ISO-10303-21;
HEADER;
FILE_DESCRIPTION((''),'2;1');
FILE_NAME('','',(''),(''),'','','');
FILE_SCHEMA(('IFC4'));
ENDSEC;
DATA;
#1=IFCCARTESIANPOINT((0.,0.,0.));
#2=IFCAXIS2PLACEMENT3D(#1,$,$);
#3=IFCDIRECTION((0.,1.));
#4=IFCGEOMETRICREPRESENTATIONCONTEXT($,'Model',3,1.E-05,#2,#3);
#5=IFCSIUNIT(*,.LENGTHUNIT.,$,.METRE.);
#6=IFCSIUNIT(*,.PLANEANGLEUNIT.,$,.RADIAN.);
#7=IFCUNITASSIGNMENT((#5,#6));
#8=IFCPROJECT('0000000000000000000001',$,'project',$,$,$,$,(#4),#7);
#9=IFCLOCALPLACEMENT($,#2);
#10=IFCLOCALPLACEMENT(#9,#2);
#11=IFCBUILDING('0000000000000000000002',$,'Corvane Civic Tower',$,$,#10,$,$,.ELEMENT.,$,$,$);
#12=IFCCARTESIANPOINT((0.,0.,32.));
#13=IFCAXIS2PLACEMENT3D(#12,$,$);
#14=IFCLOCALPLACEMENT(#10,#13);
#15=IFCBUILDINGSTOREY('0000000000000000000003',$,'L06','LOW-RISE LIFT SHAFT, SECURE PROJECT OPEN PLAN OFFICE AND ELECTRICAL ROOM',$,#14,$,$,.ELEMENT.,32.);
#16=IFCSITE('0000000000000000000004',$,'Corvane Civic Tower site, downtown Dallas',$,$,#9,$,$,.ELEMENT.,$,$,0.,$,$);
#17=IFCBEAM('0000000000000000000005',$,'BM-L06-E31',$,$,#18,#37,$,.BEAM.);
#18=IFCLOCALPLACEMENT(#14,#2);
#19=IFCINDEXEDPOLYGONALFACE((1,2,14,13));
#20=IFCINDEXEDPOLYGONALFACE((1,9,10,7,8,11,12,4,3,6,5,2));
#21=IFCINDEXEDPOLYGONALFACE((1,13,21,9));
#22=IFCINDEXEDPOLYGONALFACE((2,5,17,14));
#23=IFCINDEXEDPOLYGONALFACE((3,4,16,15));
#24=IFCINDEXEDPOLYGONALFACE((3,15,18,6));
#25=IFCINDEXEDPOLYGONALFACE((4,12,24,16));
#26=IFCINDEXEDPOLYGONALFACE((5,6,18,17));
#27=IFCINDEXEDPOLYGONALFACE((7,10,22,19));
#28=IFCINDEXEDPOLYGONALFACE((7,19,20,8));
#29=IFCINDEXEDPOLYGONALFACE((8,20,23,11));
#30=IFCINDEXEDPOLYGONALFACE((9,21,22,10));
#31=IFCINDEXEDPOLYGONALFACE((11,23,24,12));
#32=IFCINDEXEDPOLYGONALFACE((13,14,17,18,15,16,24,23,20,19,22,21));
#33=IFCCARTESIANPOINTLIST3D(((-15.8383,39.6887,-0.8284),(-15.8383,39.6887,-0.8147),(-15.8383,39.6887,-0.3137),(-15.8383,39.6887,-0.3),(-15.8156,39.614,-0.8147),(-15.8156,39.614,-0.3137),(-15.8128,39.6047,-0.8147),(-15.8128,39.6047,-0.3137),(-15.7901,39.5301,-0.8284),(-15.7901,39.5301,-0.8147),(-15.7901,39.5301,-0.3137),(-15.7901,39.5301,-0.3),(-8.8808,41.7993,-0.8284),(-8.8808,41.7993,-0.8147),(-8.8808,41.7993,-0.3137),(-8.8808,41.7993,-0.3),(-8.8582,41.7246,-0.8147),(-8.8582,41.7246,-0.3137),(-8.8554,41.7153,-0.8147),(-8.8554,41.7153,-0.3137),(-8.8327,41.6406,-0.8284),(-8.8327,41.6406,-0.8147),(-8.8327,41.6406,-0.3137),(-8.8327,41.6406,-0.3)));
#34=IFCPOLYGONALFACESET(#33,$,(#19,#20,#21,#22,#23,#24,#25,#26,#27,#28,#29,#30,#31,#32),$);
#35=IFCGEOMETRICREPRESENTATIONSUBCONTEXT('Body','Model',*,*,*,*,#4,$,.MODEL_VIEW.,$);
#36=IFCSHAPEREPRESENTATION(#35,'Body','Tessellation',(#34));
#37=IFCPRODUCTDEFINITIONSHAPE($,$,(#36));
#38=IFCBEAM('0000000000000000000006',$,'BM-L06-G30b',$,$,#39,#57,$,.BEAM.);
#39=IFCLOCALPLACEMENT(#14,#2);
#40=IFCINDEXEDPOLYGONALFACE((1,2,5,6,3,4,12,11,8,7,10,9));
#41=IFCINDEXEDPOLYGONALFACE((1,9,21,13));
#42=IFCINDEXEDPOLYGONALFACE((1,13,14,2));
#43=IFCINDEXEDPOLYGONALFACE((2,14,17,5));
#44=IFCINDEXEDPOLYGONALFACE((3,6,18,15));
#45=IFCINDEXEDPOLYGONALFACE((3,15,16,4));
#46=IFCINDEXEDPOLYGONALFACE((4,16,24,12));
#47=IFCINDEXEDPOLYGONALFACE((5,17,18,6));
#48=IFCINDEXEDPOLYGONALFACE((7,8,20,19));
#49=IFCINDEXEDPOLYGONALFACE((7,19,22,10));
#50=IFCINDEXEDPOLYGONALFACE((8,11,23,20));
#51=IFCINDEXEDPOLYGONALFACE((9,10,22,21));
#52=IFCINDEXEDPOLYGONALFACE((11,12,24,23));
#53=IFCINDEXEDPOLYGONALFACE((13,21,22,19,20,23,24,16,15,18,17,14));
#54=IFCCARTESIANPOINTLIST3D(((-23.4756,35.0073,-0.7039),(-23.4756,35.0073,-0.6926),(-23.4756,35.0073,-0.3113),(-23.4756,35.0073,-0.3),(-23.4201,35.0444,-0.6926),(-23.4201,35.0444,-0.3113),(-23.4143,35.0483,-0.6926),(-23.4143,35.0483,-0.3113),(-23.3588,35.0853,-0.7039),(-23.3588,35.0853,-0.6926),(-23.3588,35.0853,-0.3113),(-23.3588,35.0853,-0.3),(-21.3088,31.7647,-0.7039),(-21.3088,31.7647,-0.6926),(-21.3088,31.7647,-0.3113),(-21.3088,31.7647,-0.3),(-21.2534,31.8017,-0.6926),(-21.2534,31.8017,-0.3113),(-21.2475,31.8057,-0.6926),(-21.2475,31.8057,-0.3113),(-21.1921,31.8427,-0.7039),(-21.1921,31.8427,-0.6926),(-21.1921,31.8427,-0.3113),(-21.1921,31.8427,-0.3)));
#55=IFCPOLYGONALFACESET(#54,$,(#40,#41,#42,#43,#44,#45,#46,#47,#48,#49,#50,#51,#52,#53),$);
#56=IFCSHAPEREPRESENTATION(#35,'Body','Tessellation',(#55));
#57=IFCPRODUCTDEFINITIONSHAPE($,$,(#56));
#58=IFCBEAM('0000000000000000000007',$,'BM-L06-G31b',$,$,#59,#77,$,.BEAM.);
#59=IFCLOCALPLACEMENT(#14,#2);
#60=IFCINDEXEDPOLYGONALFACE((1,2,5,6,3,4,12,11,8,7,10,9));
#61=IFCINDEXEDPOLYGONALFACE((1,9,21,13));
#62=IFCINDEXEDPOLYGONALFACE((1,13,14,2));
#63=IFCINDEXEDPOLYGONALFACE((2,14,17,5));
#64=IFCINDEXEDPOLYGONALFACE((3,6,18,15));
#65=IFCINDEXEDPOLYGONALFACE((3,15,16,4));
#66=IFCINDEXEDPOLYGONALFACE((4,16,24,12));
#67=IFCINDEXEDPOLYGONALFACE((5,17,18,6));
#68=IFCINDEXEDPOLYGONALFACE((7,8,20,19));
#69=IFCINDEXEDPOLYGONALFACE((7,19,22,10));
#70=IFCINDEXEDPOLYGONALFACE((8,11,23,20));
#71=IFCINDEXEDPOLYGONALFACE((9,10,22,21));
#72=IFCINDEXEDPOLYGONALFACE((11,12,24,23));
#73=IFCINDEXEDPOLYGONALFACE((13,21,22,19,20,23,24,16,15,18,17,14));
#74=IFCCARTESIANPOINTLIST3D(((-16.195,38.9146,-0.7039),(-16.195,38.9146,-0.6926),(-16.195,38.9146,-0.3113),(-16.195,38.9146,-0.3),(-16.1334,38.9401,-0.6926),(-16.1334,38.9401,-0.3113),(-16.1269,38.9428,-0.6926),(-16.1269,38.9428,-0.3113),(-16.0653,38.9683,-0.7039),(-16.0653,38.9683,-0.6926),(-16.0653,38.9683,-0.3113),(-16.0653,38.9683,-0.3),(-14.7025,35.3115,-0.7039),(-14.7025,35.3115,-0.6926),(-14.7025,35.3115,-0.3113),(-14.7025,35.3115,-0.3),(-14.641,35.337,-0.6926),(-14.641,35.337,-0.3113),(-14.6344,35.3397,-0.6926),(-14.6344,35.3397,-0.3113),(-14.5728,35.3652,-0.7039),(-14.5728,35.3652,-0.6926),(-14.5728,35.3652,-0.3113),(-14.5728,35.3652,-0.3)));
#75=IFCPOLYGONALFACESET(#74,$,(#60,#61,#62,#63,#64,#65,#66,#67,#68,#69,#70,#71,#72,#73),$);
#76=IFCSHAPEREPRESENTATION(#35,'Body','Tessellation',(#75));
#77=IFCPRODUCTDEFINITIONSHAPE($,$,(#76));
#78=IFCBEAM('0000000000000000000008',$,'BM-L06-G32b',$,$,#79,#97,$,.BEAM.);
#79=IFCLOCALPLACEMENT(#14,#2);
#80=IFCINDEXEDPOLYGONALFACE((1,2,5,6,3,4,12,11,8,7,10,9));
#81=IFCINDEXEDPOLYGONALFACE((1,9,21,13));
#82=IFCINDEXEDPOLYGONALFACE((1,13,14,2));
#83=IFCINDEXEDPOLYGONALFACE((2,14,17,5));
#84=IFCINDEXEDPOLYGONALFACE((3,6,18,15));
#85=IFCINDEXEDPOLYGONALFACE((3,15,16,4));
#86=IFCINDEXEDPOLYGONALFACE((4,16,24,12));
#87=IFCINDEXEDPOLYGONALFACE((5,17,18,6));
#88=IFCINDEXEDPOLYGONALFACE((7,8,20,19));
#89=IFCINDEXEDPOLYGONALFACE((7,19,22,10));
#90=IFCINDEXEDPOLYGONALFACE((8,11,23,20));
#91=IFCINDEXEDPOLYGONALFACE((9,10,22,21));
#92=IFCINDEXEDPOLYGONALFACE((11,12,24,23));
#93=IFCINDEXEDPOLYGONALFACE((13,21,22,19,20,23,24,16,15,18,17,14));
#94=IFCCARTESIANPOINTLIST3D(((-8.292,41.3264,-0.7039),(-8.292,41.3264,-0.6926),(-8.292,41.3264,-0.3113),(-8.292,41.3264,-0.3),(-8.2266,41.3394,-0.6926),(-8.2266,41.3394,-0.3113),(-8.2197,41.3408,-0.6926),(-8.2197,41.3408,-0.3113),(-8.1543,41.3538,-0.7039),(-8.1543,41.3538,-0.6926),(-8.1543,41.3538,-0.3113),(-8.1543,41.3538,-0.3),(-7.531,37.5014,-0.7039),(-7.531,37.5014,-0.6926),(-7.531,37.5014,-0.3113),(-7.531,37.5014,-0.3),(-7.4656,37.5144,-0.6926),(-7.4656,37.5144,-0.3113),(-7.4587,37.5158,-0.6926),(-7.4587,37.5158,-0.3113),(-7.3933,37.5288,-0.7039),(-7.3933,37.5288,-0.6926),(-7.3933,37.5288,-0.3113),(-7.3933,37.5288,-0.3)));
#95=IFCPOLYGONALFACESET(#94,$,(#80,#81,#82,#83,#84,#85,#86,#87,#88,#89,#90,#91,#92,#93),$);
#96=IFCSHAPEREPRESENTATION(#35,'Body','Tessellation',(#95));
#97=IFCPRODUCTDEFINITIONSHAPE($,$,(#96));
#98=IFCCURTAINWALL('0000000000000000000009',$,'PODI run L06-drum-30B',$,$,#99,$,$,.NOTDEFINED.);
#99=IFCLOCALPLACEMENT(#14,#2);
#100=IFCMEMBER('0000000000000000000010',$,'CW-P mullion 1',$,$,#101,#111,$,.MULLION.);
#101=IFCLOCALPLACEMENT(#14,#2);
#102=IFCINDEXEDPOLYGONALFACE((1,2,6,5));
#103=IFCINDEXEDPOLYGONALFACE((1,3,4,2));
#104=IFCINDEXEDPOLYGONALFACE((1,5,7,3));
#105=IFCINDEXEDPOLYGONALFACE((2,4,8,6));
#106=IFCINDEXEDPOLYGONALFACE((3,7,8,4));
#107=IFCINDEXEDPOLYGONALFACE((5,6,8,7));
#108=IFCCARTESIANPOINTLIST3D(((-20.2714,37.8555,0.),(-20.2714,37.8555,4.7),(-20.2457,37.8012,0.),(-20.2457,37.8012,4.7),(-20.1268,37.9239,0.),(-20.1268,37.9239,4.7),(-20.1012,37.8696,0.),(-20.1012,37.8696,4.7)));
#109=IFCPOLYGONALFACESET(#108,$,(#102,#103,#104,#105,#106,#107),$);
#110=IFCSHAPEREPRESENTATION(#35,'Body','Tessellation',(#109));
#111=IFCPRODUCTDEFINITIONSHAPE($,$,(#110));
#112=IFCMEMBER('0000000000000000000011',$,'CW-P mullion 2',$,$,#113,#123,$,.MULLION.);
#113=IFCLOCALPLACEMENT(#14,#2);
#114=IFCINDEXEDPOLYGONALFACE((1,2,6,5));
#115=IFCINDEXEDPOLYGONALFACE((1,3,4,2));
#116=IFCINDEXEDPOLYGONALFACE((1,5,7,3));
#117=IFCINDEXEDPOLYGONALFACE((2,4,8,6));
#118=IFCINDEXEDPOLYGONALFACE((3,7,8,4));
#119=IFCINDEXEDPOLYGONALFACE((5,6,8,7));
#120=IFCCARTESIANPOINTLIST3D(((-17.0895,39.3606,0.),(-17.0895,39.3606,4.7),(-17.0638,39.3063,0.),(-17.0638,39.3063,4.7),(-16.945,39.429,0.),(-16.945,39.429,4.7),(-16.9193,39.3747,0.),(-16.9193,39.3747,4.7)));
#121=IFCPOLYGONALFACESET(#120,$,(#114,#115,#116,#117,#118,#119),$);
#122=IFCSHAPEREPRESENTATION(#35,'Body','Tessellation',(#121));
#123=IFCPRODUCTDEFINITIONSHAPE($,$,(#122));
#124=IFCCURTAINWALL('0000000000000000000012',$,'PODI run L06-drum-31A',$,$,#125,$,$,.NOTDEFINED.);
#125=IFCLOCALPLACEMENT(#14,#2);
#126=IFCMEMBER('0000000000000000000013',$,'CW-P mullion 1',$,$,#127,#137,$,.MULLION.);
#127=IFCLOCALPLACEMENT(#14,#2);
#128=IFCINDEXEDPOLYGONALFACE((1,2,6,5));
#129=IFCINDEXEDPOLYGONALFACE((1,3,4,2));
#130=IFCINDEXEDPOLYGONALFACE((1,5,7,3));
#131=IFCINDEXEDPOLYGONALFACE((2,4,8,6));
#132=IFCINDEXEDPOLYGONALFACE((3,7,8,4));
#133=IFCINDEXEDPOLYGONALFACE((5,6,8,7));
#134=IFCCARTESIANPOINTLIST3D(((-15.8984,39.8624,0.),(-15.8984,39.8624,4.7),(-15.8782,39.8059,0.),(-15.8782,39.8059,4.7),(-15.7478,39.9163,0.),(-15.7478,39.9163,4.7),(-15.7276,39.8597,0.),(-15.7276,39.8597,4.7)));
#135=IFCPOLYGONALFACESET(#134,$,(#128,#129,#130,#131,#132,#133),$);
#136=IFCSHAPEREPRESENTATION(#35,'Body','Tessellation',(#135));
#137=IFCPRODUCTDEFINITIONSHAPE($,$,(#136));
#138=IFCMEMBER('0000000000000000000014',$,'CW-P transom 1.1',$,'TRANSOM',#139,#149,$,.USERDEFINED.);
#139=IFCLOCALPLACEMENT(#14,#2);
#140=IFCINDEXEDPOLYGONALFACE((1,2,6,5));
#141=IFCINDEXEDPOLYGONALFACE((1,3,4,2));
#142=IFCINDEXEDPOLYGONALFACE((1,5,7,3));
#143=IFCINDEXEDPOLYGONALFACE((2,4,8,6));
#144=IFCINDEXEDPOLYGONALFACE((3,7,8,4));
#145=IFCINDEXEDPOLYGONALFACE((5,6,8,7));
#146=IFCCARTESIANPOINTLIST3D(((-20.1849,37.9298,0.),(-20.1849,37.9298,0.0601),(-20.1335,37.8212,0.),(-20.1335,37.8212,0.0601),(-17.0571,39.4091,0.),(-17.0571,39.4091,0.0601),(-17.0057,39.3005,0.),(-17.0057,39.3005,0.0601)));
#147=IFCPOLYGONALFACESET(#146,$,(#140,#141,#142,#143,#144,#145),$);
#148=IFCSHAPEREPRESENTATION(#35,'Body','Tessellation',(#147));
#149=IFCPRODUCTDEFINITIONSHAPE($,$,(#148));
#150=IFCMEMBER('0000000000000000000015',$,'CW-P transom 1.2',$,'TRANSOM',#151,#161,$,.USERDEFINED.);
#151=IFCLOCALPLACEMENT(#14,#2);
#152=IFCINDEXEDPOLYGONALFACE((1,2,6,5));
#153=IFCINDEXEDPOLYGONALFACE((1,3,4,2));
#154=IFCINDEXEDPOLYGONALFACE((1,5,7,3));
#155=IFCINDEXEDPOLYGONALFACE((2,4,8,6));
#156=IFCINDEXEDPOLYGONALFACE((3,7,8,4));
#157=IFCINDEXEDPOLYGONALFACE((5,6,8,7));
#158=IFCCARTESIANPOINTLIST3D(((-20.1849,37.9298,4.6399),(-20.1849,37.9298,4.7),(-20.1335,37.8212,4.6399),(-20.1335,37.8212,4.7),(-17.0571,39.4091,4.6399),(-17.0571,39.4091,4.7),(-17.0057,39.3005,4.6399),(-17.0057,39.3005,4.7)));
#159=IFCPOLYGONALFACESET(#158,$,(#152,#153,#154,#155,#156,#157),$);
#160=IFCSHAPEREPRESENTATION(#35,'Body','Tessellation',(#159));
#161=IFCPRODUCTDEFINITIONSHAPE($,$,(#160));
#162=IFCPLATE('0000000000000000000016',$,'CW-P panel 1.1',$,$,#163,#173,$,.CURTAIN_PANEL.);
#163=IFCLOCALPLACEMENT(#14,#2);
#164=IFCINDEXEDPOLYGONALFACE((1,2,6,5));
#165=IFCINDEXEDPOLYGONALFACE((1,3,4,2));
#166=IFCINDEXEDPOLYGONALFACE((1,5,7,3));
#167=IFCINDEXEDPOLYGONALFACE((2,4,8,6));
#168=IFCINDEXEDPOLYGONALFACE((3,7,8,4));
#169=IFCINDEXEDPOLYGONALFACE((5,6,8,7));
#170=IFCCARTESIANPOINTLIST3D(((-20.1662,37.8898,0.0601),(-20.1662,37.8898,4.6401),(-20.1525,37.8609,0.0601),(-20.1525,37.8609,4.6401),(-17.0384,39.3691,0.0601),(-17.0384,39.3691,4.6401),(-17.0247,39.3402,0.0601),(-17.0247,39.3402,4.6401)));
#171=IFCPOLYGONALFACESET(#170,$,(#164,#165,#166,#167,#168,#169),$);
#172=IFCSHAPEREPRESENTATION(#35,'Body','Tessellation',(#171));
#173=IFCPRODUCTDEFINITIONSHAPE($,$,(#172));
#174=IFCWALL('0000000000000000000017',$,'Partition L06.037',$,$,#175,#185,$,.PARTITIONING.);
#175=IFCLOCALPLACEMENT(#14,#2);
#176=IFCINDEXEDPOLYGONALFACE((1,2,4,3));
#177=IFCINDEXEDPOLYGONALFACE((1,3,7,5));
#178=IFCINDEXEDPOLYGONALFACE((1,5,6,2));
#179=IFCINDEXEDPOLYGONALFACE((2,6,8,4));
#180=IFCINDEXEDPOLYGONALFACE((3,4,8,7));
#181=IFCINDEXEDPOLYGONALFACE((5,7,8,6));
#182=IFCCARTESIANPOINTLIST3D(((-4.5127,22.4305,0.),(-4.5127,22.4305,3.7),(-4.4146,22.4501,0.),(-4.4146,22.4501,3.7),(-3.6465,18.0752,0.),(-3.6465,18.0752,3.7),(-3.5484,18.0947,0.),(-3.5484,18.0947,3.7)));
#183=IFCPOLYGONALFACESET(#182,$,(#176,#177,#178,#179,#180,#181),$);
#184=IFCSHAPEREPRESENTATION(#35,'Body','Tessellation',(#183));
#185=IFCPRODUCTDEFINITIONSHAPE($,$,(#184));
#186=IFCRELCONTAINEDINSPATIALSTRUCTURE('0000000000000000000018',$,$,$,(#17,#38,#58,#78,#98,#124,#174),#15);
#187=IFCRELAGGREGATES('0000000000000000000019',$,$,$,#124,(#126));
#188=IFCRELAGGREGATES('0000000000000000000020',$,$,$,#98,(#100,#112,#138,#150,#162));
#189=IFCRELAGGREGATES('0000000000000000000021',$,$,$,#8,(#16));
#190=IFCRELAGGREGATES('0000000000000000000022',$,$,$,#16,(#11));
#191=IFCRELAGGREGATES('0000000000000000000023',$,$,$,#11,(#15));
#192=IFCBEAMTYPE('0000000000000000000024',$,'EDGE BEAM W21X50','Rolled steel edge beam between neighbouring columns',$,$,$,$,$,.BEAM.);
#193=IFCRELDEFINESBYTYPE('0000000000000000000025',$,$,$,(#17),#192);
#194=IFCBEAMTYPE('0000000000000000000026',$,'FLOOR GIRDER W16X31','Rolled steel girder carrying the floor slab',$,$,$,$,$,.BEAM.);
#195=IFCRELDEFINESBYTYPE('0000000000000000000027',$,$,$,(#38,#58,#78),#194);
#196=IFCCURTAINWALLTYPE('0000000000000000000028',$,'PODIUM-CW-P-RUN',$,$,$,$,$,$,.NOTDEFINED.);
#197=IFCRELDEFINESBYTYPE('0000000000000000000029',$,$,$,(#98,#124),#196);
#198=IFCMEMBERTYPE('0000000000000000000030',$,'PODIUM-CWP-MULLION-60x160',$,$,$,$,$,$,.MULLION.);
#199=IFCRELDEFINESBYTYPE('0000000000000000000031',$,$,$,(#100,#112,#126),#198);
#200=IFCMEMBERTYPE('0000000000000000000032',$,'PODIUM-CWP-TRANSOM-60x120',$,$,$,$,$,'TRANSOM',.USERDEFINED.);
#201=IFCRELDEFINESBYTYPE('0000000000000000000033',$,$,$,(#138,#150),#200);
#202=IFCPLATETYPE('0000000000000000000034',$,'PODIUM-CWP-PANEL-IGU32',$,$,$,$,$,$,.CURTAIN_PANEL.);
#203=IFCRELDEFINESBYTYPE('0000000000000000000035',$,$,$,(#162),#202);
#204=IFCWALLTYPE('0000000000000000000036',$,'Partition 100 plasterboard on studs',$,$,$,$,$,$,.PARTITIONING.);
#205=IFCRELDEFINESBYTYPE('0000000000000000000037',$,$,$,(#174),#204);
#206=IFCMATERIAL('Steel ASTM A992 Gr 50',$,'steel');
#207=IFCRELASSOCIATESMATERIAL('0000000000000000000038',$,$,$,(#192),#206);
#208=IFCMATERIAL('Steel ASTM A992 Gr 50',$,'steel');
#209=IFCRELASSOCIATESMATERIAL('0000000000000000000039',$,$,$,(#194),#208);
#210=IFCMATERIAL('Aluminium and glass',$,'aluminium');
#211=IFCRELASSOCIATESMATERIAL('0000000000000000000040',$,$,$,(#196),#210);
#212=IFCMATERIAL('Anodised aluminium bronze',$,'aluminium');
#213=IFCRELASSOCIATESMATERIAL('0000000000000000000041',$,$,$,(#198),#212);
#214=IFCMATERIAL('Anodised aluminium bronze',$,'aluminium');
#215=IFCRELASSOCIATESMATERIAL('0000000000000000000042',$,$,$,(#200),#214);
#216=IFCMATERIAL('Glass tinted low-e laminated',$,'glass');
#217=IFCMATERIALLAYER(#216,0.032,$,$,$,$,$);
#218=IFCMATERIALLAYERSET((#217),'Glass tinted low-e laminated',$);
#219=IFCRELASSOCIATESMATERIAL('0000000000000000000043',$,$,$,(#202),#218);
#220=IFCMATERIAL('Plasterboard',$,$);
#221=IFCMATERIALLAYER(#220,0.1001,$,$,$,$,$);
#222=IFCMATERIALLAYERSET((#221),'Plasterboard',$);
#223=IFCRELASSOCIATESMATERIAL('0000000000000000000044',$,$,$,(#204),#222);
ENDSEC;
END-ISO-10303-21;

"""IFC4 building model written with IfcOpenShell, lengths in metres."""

from ifc_helpers import new_model, si_unit, direction, frame, frame_2d, origin, origin_2d, place, context, subcontext, project, spatial, rectangle, i_section, extrude, material, layer, layer_set, material_profile, profile_set, type_object, element, aggregate, save


model = new_model("IFC4")

# Units and contexts
model_context = context("Model", 3, precision=1e-05, world=origin(), true_north=direction((0.0, 1.0)))
body_context = subcontext(model_context, "Body", "Model", "MODEL_VIEW")
ifc_project = project(units=[si_unit("LENGTHUNIT", "METRE"), si_unit("PLANEANGLEUNIT", "RADIAN")], contexts=[model_context])

# Site, building, storey
site_placement = place(None, origin())
site = spatial("IfcSite", under=ifc_project, at=site_placement, Name="Corvane Civic Tower site, downtown Dallas", CompositionType="ELEMENT", RefElevation=0.0)
building_placement = place(site_placement, origin())
building = spatial("IfcBuilding", under=site, at=building_placement, Name="Corvane Civic Tower", CompositionType="ELEMENT")
storey_placement = place(building_placement, frame((0.0, 0.0, 32.0)))
storey = spatial("IfcBuildingStorey", under=building, at=storey_placement, Name="L06", Description="LOW-RISE LIFT SHAFT, SECURE PROJECT OPEN PLAN OFFICE AND ELECTRICAL ROOM", CompositionType="ELEMENT", Elevation=32.0)

# Beams
ifc_material_1 = material(Name="Steel ASTM A992 Gr 50", Category="steel")
ifc_material_profile_1 = material_profile(ifc_material_1, i_section(OverallWidth=0.1658, OverallDepth=0.5283, WebThickness=0.0098, FlangeThickness=0.0137, at=origin_2d()), Name="W21X50")
ifc_profile_set_1 = profile_set([ifc_material_profile_1], Name="Steel ASTM A992 Gr 50")
beam_type_1 = type_object("IfcBeamType", Name="EDGE BEAM W21X50", Description="Rolled steel edge beam between neighbouring columns", PredefinedType="BEAM", material=ifc_profile_set_1)
beam_placement = place(storey_placement, frame((-15.8142, 39.6094, -0.5642), z_axis=(0.956938, 0.290292, 0.0), x_axis=(-0.290292, 0.956938, 0.0)))
element("IfcBeam", 1, at=beam_placement, inside=storey, type_object=beam_type_1, Name="BM-L06-E31", PredefinedType="BEAM", context=body_context, shape_type="SweptSolid", body=[
    extrude(i_section(OverallWidth=0.1658, OverallDepth=0.5283, WebThickness=0.0098, FlangeThickness=0.0137, at=origin_2d()), origin(), (0.0, 0.0, 1.0), 7.2705),
])
ifc_material_2 = material(Name="Steel ASTM A992 Gr 50", Category="steel")
ifc_material_profile_2 = material_profile(ifc_material_2, i_section(OverallWidth=0.1404, OverallDepth=0.4038, WebThickness=0.0071, FlangeThickness=0.0112, at=origin_2d()), Name="W16X31")
ifc_profile_set_2 = profile_set([ifc_material_profile_2], Name="Steel ASTM A992 Gr 50")
beam_type_2 = type_object("IfcBeamType", Name="FLOOR GIRDER W16X31", Description="Rolled steel girder carrying the floor slab", PredefinedType="BEAM", material=ifc_profile_set_2)
for number, where, z_axis, x_axis, name in (
    (2, (-21.2505, 31.8037, -0.502), (-0.555581, 0.831462, 0.0), (-0.831462, -0.555581, 0.0), "BM-L06-G30b"),
    (3, (-14.6377, 35.3384, -0.502), (-0.382685, 0.923879, 0.0), (-0.923879, -0.382685, 0.0), "BM-L06-G31b"),
    (4, (-7.4622, 37.5151, -0.502), (-0.195129, 0.980778, 0.0), (-0.980778, -0.195129, 0.0), "BM-L06-G32b"),
):
    element("IfcBeam", number, at=place(storey_placement, frame(where, z_axis=z_axis, x_axis=x_axis)), inside=storey, type_object=beam_type_2, Name=name, PredefinedType="BEAM", context=body_context, shape_type="SweptSolid", body=[
        extrude(i_section(OverallWidth=0.1404, OverallDepth=0.4038, WebThickness=0.0071, FlangeThickness=0.0112, at=origin_2d()), origin(), (0.0, 0.0, 1.0), 3.8999),
    ])

# Curtain wall, members
ifc_material_3 = material(Name="Aluminium and glass", Category="aluminium")
curtain_wall_type = type_object("IfcCurtainWallType", Name="PODIUM-CW-P-RUN", PredefinedType="NOTDEFINED", material=ifc_material_3)
curtain_wall_1_placement = place(storey_placement, origin())
curtain_wall_1 = element("IfcCurtainWall", 5, at=curtain_wall_1_placement, inside=storey, type_object=curtain_wall_type, Name="PODI run L06-drum-30B", PredefinedType="NOTDEFINED")
ifc_material_4 = material(Name="Anodised aluminium bronze", Category="aluminium")
ifc_material_profile_3 = material_profile(ifc_material_4, rectangle(XDim=0.0601, YDim=0.1599, at=origin_2d()), Name="AL 60x160")
ifc_profile_set_3 = profile_set([ifc_material_profile_3], Name="Anodised aluminium bronze")
member_type_1 = type_object("IfcMemberType", Name="PODIUM-CWP-MULLION-60x160", PredefinedType="MULLION", material=ifc_profile_set_3)
member_1_placement = place(storey_placement, frame((-20.1863, 37.8625, 0.0), z_axis=(0.0, 0.0, 1.0), x_axis=(-0.427553, 0.90399, 0.0)))
member_1 = element("IfcMember", 6, at=member_1_placement, type_object=member_type_1, Name="CW-P mullion 1", PredefinedType="MULLION", context=body_context, shape_type="SweptSolid", body=[
    extrude(rectangle(XDim=0.0601, YDim=0.1599, at=origin_2d()), origin(), (0.0, 0.0, 1.0), 4.7),
])
member_2_placement = place(storey_placement, frame((-17.0044, 39.3677, 0.0), z_axis=(0.0, 0.0, 1.0), x_axis=(-0.427553, 0.90399, 0.0)))
member_2 = element("IfcMember", 7, at=member_2_placement, type_object=member_type_1, Name="CW-P mullion 2", PredefinedType="MULLION", context=body_context, shape_type="SweptSolid", body=[
    extrude(rectangle(XDim=0.0601, YDim=0.1599, at=origin_2d()), origin(), (0.0, 0.0, 1.0), 4.7),
])

# Curtain wall, member
curtain_wall_2_placement = place(storey_placement, origin())
curtain_wall_2 = element("IfcCurtainWall", 8, at=curtain_wall_2_placement, inside=storey, type_object=curtain_wall_type, Name="PODI run L06-drum-31A", PredefinedType="NOTDEFINED")
member_3_placement = place(storey_placement, frame((-15.813, 39.8611, 0.0), z_axis=(0.0, 0.0, 1.0), x_axis=(-0.336919, 0.941534, 0.0)))
member_3 = element("IfcMember", 9, at=member_3_placement, type_object=member_type_1, Name="CW-P mullion 1", PredefinedType="MULLION", context=body_context, shape_type="SweptSolid", body=[
    extrude(rectangle(XDim=0.0601, YDim=0.1599, at=origin_2d()), origin(), (0.0, 0.0, 1.0), 4.7),
])
aggregate(curtain_wall_2, [member_3])

# Members
ifc_material_5 = material(Name="Anodised aluminium bronze", Category="aluminium")
ifc_material_profile_4 = material_profile(ifc_material_5, rectangle(XDim=0.1201, YDim=0.0601, at=origin_2d()), Name="AL 120x60")
ifc_profile_set_4 = profile_set([ifc_material_profile_4], Name="Anodised aluminium bronze")
member_type_2 = type_object("IfcMemberType", Name="PODIUM-CWP-TRANSOM-60x120", ElementType="TRANSOM", PredefinedType="USERDEFINED", material=ifc_profile_set_4)
member_4_placement = place(storey_placement, frame((-20.1592, 37.8755, 0.03), z_axis=(0.903993, 0.427546, 0.0), x_axis=(-0.427546, 0.903993, 0.0)))
member_4 = element("IfcMember", 10, at=member_4_placement, type_object=member_type_2, Name="CW-P transom 1.1", ObjectType="TRANSOM", PredefinedType="USERDEFINED", context=body_context, shape_type="SweptSolid", body=[
    extrude(rectangle(XDim=0.1201, YDim=0.0601, at=origin_2d()), origin(), (0.0, 0.0, 1.0), 3.46),
])
member_5_placement = place(storey_placement, frame((-20.1592, 37.8755, 4.6699), z_axis=(0.903993, 0.427546, 0.0), x_axis=(-0.427546, 0.903993, 0.0)))
member_5 = element("IfcMember", 11, at=member_5_placement, type_object=member_type_2, Name="CW-P transom 1.2", ObjectType="TRANSOM", PredefinedType="USERDEFINED", context=body_context, shape_type="SweptSolid", body=[
    extrude(rectangle(XDim=0.1201, YDim=0.0601, at=origin_2d()), origin(), (0.0, 0.0, 1.0), 3.46),
])

# Plate
ifc_material_6 = material(Name="Glass tinted low-e laminated", Category="glass")
ifc_layer_1 = layer(ifc_material_6, 0.032)
ifc_layer_set_1 = layer_set([ifc_layer_1], Name="Glass tinted low-e laminated")
plate_type = type_object("IfcPlateType", Name="PODIUM-CWP-PANEL-IGU32", PredefinedType="CURTAIN_PANEL", material=ifc_layer_set_1)
plate_placement = place(storey_placement, frame((-18.5955, 38.615, 0.0601), z_axis=(0.0, 0.0, 1.0), x_axis=(0.90399, 0.427553, 0.0)))
plate = element("IfcPlate", 12, at=plate_placement, type_object=plate_type, Name="CW-P panel 1.1", PredefinedType="CURTAIN_PANEL", context=body_context, shape_type="SweptSolid", body=[
    extrude(rectangle(XDim=3.46, YDim=0.032, at=origin_2d()), origin(), (0.0, 0.0, 1.0), 4.5801),
])
aggregate(curtain_wall_1, [member_1, member_2, member_4, member_5, plate])

# Wall
ifc_material_7 = material(Name="Plasterboard")
ifc_layer_2 = layer(ifc_material_7, 0.1001)
ifc_layer_set_2 = layer_set([ifc_layer_2], Name="Plasterboard")
wall_type_1 = type_object("IfcWallType", Name="Partition 100 plasterboard on studs", PredefinedType="PARTITIONING", material=ifc_layer_set_2)
wall_1_placement = place(storey_placement, frame((-4.4636, 22.4402, 0.0), z_axis=(0.0, 0.0, 1.0), x_axis=(0.195059, -0.980792, 0.0)))
element("IfcWall", 13, at=wall_1_placement, inside=storey, type_object=wall_type_1, Name="Partition L06.037", PredefinedType="PARTITIONING", context=body_context, shape_type="SweptSolid", body=[
    extrude(rectangle(XDim=4.4407, YDim=0.1001, at=frame_2d((2.2202, 0.0))), origin(), (0.0, 0.0, 1.0), 3.7),
])

save(model, "model.ifc")
